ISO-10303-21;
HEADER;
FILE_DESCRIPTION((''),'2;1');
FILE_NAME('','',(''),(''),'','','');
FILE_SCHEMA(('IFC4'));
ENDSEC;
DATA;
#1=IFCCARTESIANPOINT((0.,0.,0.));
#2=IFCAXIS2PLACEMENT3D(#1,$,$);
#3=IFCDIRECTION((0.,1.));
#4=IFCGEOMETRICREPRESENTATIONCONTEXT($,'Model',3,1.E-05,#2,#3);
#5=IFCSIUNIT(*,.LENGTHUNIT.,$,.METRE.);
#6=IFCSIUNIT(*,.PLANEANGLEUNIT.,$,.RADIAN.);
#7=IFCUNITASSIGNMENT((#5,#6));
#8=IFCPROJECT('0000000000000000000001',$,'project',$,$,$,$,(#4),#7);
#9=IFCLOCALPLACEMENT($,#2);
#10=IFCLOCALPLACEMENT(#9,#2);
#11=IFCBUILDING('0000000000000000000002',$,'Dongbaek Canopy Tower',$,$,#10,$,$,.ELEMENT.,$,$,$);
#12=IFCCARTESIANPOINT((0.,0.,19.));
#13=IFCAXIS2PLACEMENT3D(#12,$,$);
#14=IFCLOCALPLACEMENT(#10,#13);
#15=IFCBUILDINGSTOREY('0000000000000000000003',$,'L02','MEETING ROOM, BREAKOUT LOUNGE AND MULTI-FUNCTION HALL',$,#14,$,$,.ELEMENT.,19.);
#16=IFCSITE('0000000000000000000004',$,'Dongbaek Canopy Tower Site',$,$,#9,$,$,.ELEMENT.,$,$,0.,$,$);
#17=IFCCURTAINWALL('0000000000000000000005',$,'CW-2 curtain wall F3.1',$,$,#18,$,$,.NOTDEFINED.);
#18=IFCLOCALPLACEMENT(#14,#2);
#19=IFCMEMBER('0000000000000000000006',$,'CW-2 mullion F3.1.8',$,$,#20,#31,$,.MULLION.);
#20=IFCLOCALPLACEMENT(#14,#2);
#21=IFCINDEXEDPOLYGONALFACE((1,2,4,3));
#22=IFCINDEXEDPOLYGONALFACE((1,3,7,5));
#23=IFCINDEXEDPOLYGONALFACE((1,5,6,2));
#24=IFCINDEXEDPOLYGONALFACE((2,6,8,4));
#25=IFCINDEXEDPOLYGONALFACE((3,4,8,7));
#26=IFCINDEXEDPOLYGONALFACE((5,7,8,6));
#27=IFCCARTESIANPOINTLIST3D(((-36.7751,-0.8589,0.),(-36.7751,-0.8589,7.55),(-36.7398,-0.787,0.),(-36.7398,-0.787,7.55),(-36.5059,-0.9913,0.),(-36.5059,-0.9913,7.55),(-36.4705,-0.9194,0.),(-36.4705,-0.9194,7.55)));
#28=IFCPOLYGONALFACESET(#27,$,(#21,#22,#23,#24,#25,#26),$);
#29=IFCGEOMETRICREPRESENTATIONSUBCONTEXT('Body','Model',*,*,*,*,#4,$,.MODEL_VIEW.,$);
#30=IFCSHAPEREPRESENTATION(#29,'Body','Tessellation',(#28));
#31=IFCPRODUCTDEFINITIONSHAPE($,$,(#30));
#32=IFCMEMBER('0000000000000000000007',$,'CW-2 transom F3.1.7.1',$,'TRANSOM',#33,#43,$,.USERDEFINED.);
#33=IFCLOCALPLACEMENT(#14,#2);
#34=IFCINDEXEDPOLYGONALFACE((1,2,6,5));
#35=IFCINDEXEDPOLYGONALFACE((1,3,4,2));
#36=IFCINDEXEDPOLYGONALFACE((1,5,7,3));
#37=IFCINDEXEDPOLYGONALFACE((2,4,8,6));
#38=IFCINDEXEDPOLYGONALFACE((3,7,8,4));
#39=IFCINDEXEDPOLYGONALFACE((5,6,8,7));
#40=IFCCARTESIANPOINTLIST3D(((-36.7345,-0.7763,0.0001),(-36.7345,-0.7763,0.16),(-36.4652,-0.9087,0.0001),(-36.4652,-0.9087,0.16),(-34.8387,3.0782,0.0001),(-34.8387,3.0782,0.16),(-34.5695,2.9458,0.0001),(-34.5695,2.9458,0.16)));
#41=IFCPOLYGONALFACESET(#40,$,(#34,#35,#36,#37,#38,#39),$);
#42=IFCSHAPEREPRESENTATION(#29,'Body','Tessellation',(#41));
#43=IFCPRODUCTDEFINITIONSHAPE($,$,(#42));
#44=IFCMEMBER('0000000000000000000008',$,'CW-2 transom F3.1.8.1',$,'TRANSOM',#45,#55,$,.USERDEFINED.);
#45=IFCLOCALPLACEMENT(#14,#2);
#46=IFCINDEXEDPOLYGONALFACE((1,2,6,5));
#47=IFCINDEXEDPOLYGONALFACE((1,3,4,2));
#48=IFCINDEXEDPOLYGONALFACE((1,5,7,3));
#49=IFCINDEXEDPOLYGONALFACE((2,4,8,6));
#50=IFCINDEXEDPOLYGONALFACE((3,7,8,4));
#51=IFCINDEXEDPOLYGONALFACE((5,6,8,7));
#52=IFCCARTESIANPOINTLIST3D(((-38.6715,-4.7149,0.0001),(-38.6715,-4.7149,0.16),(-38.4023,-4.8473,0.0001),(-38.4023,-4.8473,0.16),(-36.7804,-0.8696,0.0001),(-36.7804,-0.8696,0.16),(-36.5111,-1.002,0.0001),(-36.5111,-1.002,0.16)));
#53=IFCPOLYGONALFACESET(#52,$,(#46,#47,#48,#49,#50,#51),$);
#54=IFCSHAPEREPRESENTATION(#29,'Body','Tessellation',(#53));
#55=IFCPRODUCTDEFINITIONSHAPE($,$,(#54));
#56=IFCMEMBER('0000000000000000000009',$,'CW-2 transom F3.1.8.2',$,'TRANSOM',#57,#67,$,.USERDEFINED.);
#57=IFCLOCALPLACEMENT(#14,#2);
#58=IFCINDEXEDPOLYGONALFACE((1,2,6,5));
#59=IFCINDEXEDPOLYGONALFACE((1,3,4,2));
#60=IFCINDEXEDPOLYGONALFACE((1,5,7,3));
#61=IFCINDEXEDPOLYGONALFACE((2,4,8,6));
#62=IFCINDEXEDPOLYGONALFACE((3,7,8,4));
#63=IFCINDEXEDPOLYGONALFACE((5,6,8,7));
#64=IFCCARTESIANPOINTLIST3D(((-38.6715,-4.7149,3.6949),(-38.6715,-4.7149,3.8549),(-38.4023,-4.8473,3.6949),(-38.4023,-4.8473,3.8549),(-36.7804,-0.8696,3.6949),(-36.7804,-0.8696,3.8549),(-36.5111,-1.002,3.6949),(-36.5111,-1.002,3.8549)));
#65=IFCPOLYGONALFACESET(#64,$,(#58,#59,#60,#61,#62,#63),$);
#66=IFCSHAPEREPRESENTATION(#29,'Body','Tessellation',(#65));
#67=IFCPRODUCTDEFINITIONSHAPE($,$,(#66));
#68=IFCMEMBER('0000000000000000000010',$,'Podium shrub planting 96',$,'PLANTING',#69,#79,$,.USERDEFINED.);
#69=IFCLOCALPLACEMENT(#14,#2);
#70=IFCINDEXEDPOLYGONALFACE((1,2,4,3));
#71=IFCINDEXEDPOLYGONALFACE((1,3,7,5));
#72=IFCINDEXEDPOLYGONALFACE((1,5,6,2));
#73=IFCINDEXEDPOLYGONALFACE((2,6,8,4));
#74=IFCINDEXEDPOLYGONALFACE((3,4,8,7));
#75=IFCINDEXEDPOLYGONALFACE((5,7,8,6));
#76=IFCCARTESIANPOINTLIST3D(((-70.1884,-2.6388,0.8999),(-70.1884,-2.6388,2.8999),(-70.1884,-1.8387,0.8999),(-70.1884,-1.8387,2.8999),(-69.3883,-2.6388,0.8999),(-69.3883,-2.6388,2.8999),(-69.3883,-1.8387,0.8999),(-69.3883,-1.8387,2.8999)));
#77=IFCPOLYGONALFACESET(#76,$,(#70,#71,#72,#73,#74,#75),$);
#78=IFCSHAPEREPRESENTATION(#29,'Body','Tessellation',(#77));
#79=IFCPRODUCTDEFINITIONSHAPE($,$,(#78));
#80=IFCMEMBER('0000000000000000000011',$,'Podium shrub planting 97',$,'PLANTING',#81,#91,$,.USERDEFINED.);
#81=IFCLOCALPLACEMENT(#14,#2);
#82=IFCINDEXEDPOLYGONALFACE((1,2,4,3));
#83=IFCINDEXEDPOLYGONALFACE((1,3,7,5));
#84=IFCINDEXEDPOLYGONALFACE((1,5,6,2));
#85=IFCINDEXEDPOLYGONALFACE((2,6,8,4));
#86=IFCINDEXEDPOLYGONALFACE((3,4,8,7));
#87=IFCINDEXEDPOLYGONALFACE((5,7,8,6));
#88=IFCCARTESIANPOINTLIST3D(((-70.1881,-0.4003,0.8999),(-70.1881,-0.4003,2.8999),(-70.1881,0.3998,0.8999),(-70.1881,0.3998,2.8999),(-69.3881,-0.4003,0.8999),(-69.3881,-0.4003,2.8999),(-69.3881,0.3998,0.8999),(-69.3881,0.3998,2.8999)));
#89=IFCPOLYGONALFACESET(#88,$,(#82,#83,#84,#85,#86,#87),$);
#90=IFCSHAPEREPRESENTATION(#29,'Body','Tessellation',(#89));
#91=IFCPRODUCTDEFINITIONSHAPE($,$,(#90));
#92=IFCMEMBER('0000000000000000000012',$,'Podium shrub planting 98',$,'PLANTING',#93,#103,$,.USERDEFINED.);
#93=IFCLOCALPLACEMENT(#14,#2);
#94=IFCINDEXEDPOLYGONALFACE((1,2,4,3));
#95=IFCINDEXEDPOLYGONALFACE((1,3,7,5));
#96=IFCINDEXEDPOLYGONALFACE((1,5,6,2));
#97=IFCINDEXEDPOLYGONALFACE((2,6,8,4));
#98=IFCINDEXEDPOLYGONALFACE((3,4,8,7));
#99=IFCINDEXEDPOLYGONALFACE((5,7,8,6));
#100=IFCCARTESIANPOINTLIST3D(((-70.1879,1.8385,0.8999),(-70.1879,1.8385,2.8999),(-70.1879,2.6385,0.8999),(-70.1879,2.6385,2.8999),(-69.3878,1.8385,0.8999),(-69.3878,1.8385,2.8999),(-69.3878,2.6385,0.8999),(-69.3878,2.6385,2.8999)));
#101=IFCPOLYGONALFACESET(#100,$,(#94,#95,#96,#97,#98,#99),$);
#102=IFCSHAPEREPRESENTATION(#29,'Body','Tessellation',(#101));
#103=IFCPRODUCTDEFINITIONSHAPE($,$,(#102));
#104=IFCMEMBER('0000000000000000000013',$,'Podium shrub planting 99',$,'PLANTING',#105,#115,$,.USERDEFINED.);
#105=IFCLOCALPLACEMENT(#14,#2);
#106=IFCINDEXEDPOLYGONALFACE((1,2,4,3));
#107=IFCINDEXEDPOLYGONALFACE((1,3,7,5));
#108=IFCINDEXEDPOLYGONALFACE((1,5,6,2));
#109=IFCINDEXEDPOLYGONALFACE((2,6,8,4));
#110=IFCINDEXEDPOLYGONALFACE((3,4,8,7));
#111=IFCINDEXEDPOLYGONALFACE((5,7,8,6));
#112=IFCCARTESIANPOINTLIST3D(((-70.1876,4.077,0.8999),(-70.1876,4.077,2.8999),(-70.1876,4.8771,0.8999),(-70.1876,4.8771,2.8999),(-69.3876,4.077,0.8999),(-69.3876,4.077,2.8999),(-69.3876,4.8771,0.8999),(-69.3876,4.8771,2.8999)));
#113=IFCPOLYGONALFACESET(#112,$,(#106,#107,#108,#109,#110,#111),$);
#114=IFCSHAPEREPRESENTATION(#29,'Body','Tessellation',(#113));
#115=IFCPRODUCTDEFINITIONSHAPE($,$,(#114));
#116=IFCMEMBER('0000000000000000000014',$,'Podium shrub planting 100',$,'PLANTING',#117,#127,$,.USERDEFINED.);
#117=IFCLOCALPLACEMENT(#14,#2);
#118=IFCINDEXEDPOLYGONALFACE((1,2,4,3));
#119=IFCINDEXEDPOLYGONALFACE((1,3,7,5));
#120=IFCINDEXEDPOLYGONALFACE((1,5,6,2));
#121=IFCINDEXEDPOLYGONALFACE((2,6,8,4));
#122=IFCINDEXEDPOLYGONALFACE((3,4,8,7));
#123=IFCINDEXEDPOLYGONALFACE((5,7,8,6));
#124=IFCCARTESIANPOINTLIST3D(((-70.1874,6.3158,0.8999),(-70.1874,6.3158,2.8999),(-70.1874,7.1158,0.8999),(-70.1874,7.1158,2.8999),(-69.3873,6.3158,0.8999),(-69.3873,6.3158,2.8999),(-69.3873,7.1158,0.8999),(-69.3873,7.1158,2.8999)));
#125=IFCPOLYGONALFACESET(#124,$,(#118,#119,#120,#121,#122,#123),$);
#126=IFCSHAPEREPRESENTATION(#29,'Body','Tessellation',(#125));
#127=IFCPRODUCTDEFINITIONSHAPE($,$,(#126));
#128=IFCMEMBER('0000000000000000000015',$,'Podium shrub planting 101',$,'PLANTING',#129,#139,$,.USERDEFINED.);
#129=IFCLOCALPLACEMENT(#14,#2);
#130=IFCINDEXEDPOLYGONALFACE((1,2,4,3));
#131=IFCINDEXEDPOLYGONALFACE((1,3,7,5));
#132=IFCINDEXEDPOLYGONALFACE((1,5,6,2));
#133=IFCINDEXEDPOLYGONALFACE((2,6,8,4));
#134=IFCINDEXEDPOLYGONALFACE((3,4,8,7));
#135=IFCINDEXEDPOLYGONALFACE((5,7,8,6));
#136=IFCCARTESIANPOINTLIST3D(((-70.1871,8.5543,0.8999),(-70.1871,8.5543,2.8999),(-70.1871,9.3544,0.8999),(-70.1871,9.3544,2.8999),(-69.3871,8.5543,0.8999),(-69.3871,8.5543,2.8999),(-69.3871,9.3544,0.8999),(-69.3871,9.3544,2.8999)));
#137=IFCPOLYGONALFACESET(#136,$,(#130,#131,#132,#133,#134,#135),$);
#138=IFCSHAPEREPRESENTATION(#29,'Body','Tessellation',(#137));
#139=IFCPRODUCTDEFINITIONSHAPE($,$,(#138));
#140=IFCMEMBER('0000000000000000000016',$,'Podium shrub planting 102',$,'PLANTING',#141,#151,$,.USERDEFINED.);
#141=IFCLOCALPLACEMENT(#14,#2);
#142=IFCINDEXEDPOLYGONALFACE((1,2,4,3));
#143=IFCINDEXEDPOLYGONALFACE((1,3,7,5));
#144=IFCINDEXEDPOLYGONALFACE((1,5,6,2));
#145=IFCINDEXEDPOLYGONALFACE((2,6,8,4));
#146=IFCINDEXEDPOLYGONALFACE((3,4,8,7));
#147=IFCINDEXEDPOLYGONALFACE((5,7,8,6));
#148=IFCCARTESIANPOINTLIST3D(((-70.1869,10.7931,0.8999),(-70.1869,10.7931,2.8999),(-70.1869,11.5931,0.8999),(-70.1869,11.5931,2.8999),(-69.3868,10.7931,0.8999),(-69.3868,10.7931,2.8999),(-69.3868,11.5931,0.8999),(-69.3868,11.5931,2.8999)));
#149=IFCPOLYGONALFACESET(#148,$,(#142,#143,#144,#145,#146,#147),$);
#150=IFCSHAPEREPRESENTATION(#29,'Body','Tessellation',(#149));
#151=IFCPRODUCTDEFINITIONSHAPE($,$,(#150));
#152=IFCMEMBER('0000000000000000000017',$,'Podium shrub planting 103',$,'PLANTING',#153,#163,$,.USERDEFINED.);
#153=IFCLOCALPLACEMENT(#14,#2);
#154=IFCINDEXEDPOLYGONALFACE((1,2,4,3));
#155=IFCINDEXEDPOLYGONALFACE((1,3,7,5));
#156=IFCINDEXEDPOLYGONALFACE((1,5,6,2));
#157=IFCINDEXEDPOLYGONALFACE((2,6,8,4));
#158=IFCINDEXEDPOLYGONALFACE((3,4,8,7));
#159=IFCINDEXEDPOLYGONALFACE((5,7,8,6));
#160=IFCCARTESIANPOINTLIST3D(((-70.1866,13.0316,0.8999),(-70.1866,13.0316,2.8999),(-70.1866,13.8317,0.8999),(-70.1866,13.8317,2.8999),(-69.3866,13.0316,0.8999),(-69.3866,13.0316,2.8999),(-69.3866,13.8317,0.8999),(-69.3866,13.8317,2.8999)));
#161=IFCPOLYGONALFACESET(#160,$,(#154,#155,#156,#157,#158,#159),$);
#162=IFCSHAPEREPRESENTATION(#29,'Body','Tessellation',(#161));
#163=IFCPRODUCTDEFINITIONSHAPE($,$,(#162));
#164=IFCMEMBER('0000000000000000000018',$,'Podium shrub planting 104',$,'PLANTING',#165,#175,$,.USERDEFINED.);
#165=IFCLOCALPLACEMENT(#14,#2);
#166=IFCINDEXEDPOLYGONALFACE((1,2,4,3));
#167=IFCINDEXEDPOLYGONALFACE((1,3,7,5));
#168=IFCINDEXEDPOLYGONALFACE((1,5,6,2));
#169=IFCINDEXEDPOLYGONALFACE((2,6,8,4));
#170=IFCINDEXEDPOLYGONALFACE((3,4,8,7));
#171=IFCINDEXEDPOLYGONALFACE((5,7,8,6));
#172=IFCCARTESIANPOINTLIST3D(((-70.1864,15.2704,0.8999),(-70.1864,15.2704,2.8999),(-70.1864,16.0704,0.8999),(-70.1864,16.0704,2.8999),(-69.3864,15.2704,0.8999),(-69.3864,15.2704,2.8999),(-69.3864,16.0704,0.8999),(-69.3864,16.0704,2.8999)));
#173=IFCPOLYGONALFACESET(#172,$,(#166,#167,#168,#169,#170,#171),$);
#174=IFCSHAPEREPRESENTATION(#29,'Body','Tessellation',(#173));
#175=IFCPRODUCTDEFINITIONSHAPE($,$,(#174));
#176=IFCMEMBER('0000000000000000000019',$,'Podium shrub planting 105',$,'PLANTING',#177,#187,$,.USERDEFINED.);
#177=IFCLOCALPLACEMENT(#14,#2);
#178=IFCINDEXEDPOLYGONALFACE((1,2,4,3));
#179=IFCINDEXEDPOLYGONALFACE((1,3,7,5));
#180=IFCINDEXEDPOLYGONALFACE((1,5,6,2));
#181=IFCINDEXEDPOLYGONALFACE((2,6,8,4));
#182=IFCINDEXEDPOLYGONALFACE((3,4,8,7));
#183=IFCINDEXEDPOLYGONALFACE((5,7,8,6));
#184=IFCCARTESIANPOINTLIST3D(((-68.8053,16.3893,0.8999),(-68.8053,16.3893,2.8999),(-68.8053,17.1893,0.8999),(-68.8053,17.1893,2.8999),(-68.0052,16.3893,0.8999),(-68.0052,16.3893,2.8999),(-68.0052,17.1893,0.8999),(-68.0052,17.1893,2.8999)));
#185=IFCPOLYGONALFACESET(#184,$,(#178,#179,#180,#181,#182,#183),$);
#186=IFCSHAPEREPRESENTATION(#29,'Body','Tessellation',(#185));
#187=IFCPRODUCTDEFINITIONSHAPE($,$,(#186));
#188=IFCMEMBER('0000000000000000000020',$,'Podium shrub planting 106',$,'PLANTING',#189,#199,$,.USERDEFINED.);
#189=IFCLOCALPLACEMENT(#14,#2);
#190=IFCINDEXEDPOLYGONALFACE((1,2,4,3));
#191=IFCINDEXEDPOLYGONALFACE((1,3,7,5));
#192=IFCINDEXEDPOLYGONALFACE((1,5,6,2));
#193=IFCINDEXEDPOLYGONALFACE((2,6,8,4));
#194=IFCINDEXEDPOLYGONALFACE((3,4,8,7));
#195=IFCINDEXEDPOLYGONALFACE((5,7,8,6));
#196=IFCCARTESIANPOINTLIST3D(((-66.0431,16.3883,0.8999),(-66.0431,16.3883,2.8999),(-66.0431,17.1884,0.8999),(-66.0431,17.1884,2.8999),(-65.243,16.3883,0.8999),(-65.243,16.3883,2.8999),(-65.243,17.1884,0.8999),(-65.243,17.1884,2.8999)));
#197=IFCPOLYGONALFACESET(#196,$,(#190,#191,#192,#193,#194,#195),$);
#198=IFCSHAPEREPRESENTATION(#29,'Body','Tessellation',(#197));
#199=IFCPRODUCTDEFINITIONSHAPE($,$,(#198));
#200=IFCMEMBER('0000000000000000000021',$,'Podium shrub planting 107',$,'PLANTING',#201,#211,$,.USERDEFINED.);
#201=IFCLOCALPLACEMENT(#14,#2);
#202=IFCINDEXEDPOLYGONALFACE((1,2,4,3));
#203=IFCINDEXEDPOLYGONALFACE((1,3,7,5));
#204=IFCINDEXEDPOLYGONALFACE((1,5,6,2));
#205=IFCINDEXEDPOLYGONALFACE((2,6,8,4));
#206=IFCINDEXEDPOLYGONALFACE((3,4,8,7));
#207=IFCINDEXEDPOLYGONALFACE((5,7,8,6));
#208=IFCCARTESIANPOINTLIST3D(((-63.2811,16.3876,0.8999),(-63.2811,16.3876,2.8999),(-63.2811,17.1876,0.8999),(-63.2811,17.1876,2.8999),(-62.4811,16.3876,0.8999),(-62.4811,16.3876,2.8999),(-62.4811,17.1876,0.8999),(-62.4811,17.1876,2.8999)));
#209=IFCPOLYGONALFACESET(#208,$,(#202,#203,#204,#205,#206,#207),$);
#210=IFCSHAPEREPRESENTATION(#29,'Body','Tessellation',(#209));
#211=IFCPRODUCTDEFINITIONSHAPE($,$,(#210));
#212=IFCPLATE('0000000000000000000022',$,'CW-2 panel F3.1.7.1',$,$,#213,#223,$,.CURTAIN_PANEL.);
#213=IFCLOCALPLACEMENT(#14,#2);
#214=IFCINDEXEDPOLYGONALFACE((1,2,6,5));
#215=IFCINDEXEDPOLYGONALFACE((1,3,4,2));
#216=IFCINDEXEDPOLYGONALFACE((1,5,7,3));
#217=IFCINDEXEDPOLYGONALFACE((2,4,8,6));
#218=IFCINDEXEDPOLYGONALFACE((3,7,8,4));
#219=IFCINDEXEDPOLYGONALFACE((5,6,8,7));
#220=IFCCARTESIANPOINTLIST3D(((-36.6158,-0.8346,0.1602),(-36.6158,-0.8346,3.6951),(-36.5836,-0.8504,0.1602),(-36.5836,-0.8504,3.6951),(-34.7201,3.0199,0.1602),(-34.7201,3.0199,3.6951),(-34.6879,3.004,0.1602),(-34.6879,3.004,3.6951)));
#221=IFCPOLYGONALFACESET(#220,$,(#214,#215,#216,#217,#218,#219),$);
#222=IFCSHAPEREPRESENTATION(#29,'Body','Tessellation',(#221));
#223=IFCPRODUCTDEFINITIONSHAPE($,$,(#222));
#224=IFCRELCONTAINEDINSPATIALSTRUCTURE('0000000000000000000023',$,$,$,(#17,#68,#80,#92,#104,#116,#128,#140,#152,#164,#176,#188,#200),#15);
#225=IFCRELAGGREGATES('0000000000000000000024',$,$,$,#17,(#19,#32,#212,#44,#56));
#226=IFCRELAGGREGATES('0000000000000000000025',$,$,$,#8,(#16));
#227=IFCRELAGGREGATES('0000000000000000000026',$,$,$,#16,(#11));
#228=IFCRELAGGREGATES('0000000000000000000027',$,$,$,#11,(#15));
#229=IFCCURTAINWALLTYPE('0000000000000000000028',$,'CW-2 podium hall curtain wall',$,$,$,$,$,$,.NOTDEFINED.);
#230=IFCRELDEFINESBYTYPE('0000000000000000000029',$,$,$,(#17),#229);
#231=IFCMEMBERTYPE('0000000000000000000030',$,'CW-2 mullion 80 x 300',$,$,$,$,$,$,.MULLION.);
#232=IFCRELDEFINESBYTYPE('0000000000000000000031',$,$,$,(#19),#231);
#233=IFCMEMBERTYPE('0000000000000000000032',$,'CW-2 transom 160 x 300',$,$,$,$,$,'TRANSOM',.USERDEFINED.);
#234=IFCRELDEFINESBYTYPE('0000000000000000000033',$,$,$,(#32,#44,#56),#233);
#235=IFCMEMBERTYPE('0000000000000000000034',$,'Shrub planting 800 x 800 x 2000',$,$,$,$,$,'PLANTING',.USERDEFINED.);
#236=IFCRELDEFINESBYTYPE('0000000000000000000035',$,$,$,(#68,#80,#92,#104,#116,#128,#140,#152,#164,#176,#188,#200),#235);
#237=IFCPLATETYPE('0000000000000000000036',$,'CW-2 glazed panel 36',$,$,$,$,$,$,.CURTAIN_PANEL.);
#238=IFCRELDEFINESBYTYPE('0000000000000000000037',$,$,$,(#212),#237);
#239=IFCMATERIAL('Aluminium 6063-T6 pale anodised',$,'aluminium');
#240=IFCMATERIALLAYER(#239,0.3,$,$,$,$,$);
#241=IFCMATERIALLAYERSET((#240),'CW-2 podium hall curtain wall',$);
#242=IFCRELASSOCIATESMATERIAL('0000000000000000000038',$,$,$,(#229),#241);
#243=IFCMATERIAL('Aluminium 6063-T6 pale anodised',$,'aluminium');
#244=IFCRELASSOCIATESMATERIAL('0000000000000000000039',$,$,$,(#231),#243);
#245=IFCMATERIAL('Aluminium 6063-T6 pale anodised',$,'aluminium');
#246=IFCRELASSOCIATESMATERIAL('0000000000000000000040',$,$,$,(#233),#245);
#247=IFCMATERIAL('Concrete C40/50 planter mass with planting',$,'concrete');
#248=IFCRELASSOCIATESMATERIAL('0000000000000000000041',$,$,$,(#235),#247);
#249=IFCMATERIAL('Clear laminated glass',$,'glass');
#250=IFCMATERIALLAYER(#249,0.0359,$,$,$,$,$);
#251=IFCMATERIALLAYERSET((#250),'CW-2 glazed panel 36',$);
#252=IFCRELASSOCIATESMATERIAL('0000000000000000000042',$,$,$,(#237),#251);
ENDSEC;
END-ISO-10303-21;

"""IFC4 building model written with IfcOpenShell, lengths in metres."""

from ifc_helpers import new_model, si_unit, direction, frame, origin, origin_2d, place, context, subcontext, project, spatial, rectangle, extrude, material, layer, layer_set, material_profile, profile_set, type_object, element, aggregate, save


model = new_model("IFC4")

# Units and contexts
model_context = context("Model", 3, precision=1e-05, world=origin(), true_north=direction((0.0, 1.0)))
body_context = subcontext(model_context, "Body", "Model", "MODEL_VIEW")
ifc_project = project(units=[si_unit("LENGTHUNIT", "METRE"), si_unit("PLANEANGLEUNIT", "RADIAN")], contexts=[model_context])

# Site, building, storey
site_placement = place(None, origin())
site = spatial("IfcSite", under=ifc_project, at=site_placement, Name="Dongbaek Canopy Tower Site", CompositionType="ELEMENT", RefElevation=0.0)
building_placement = place(site_placement, origin())
building = spatial("IfcBuilding", under=site, at=building_placement, Name="Dongbaek Canopy Tower", CompositionType="ELEMENT")
storey_placement = place(building_placement, frame((0.0, 0.0, 19.0)))
storey = spatial("IfcBuildingStorey", under=building, at=storey_placement, Name="L02", Description="MEETING ROOM, BREAKOUT LOUNGE AND MULTI-FUNCTION HALL", CompositionType="ELEMENT", Elevation=19.0)

# Curtain wall, members
ifc_material_1 = material(Name="Aluminium 6063-T6 pale anodised", Category="aluminium")
ifc_layer_1 = layer(ifc_material_1, 0.3)
ifc_layer_set_1 = layer_set([ifc_layer_1], Name="CW-2 podium hall curtain wall")
curtain_wall_type = type_object("IfcCurtainWallType", Name="CW-2 podium hall curtain wall", PredefinedType="NOTDEFINED", material=ifc_layer_set_1)
curtain_wall_placement = place(storey_placement, origin())
curtain_wall = element("IfcCurtainWall", 1, at=curtain_wall_placement, inside=storey, type_object=curtain_wall_type, Name="CW-2 curtain wall F3.1", PredefinedType="NOTDEFINED")
ifc_material_2 = material(Name="Aluminium 6063-T6 pale anodised", Category="aluminium")
ifc_material_profile_1 = material_profile(ifc_material_2, rectangle(XDim=0.3, YDim=0.0801, at=origin_2d()), Name="CW-2 mullion 80 x 300")
ifc_profile_set_1 = profile_set([ifc_material_profile_1], Name="Aluminium 6063-T6 pale anodised")
member_type_1 = type_object("IfcMemberType", Name="CW-2 mullion 80 x 300", PredefinedType="MULLION", material=ifc_profile_set_1)
member_1_placement = place(storey_placement, frame((-36.6228, -0.8892, 0.0), z_axis=(0.0, 0.0, 1.0), x_axis=(-0.897339, 0.441342, 0.0)))
member_1 = element("IfcMember", 2, at=member_1_placement, type_object=member_type_1, Name="CW-2 mullion F3.1.8", PredefinedType="MULLION", context=body_context, shape_type="SweptSolid", body=[
    extrude(rectangle(XDim=0.3, YDim=0.0801, at=origin_2d()), origin(), (0.0, 0.0, 1.0), 7.55),
])
ifc_material_3 = material(Name="Aluminium 6063-T6 pale anodised", Category="aluminium")
ifc_material_profile_2 = material_profile(ifc_material_3, rectangle(XDim=0.3, YDim=0.1599, at=origin_2d()), Name="CW-2 transom 160 x 300")
ifc_profile_set_2 = profile_set([ifc_material_profile_2], Name="Aluminium 6063-T6 pale anodised")
member_type_2 = type_object("IfcMemberType", Name="CW-2 transom 160 x 300", ElementType="TRANSOM", PredefinedType="USERDEFINED", material=ifc_profile_set_2)
member_2_placement = place(storey_placement, frame((-34.7041, 3.012, 0.0801), z_axis=(-0.441338, -0.897341, 0.0), x_axis=(0.897341, -0.441338, 0.0)))
member_2 = element("IfcMember", 3, at=member_2_placement, type_object=member_type_2, Name="CW-2 transom F3.1.7.1", ObjectType="TRANSOM", PredefinedType="USERDEFINED", context=body_context, shape_type="SweptSolid", body=[
    extrude(rectangle(XDim=0.3, YDim=0.1599, at=origin_2d()), origin(), (0.0, 0.0, 1.0), 4.2954),
])
member_3_placement = place(storey_placement, frame((-36.6458, -0.9358, 0.0801), z_axis=(-0.441324, -0.897348, 0.0), x_axis=(0.897348, -0.441324, 0.0)))
member_3 = element("IfcMember", 4, at=member_3_placement, type_object=member_type_2, Name="CW-2 transom F3.1.8.1", ObjectType="TRANSOM", PredefinedType="USERDEFINED", context=body_context, shape_type="SweptSolid", body=[
    extrude(rectangle(XDim=0.3, YDim=0.1599, at=origin_2d()), origin(), (0.0, 0.0, 1.0), 4.2852),
])
member_4_placement = place(storey_placement, frame((-36.6458, -0.9358, 3.7749), z_axis=(-0.441324, -0.897348, 0.0), x_axis=(0.897348, -0.441324, 0.0)))
member_4 = element("IfcMember", 5, at=member_4_placement, type_object=member_type_2, Name="CW-2 transom F3.1.8.2", ObjectType="TRANSOM", PredefinedType="USERDEFINED", context=body_context, shape_type="SweptSolid", body=[
    extrude(rectangle(XDim=0.3, YDim=0.1599, at=origin_2d()), origin(), (0.0, 0.0, 1.0), 4.2852),
])

# Members
ifc_material_4 = material(Name="Concrete C40/50 planter mass with planting", Category="concrete")
ifc_material_profile_3 = material_profile(ifc_material_4, rectangle(XDim=0.8, YDim=0.8, at=origin_2d()), Name="Shrub planting 800 x 800 x 2000")
ifc_profile_set_3 = profile_set([ifc_material_profile_3], Name="Concrete C40/50 planter mass with planting")
member_type_3 = type_object("IfcMemberType", Name="Shrub planting 800 x 800 x 2000", ElementType="PLANTING", PredefinedType="USERDEFINED", material=ifc_profile_set_3)
for number, where, z_axis, x_axis, name in (
    (6, (-69.7883, -2.2388, 0.8999), (0.0, 0.0, 1.0), (1.0, 0.0, 0.0), "Podium shrub planting 96"),
    (7, (-69.7881, -0.0002, 0.8999), (0.0, 0.0, 1.0), (1.0, 0.0, 0.0), "Podium shrub planting 97"),
    (8, (-69.7878, 2.2385, 0.8999), (0.0, 0.0, 1.0), (1.0, 0.0, 0.0), "Podium shrub planting 98"),
    (9, (-69.7876, 4.4771, 0.8999), (0.0, 0.0, 1.0), (1.0, 0.0, 0.0), "Podium shrub planting 99"),
    (10, (-69.7874, 6.7158, 0.8999), (0.0, 0.0, 1.0), (1.0, 0.0, 0.0), "Podium shrub planting 100"),
    (11, (-69.7871, 8.9543, 0.8999), (0.0, 0.0, 1.0), (1.0, 0.0, 0.0), "Podium shrub planting 101"),
    (12, (-69.7869, 11.1931, 0.8999), (0.0, 0.0, 1.0), (1.0, 0.0, 0.0), "Podium shrub planting 102"),
    (13, (-69.7866, 13.4316, 0.8999), (0.0, 0.0, 1.0), (1.0, 0.0, 0.0), "Podium shrub planting 103"),
    (14, (-69.7864, 15.6704, 0.8999), (0.0, 0.0, 1.0), (1.0, 0.0, 0.0), "Podium shrub planting 104"),
    (15, (-68.4053, 16.7893, 0.8999), (0.0, 0.0, 1.0), (1.0, 0.0, 0.0), "Podium shrub planting 105"),
    (16, (-65.6431, 16.7883, 0.8999), (0.0, 0.0, 1.0), (1.0, 0.0, 0.0), "Podium shrub planting 106"),
    (17, (-62.8811, 16.7876, 0.8999), (0.0, 0.0, 1.0), (1.0, 0.0, 0.0), "Podium shrub planting 107"),
):
    element("IfcMember", number, at=place(storey_placement, frame(where, z_axis=z_axis, x_axis=x_axis)), inside=storey, type_object=member_type_3, Name=name, ObjectType="PLANTING", PredefinedType="USERDEFINED", context=body_context, shape_type="SweptSolid", body=[
        extrude(rectangle(XDim=0.8, YDim=0.8, at=origin_2d()), origin(), (0.0, 0.0, 1.0), 2.0),
    ])

# Plate
ifc_material_5 = material(Name="Clear laminated glass", Category="glass")
ifc_layer_2 = layer(ifc_material_5, 0.0359)
ifc_layer_set_2 = layer_set([ifc_layer_2], Name="CW-2 glazed panel 36")
plate_type = type_object("IfcPlateType", Name="CW-2 glazed panel 36", PredefinedType="CURTAIN_PANEL", material=ifc_layer_set_2)
plate_1_placement = place(storey_placement, frame((-35.6519, 1.0847, 0.1602), z_axis=(0.0, 0.0, 1.0), x_axis=(-0.441342, -0.897339, 0.0)))
plate_1 = element("IfcPlate", 18, at=plate_1_placement, type_object=plate_type, Name="CW-2 panel F3.1.7.1", PredefinedType="CURTAIN_PANEL", context=body_context, shape_type="SweptSolid", body=[
    extrude(rectangle(XDim=4.2954, YDim=0.0359, at=origin_2d()), origin(), (0.0, 0.0, 1.0), 3.5349),
])
aggregate(curtain_wall, [member_1, member_2, plate_1, member_3, member_4])

save(model, "model.ifc")
